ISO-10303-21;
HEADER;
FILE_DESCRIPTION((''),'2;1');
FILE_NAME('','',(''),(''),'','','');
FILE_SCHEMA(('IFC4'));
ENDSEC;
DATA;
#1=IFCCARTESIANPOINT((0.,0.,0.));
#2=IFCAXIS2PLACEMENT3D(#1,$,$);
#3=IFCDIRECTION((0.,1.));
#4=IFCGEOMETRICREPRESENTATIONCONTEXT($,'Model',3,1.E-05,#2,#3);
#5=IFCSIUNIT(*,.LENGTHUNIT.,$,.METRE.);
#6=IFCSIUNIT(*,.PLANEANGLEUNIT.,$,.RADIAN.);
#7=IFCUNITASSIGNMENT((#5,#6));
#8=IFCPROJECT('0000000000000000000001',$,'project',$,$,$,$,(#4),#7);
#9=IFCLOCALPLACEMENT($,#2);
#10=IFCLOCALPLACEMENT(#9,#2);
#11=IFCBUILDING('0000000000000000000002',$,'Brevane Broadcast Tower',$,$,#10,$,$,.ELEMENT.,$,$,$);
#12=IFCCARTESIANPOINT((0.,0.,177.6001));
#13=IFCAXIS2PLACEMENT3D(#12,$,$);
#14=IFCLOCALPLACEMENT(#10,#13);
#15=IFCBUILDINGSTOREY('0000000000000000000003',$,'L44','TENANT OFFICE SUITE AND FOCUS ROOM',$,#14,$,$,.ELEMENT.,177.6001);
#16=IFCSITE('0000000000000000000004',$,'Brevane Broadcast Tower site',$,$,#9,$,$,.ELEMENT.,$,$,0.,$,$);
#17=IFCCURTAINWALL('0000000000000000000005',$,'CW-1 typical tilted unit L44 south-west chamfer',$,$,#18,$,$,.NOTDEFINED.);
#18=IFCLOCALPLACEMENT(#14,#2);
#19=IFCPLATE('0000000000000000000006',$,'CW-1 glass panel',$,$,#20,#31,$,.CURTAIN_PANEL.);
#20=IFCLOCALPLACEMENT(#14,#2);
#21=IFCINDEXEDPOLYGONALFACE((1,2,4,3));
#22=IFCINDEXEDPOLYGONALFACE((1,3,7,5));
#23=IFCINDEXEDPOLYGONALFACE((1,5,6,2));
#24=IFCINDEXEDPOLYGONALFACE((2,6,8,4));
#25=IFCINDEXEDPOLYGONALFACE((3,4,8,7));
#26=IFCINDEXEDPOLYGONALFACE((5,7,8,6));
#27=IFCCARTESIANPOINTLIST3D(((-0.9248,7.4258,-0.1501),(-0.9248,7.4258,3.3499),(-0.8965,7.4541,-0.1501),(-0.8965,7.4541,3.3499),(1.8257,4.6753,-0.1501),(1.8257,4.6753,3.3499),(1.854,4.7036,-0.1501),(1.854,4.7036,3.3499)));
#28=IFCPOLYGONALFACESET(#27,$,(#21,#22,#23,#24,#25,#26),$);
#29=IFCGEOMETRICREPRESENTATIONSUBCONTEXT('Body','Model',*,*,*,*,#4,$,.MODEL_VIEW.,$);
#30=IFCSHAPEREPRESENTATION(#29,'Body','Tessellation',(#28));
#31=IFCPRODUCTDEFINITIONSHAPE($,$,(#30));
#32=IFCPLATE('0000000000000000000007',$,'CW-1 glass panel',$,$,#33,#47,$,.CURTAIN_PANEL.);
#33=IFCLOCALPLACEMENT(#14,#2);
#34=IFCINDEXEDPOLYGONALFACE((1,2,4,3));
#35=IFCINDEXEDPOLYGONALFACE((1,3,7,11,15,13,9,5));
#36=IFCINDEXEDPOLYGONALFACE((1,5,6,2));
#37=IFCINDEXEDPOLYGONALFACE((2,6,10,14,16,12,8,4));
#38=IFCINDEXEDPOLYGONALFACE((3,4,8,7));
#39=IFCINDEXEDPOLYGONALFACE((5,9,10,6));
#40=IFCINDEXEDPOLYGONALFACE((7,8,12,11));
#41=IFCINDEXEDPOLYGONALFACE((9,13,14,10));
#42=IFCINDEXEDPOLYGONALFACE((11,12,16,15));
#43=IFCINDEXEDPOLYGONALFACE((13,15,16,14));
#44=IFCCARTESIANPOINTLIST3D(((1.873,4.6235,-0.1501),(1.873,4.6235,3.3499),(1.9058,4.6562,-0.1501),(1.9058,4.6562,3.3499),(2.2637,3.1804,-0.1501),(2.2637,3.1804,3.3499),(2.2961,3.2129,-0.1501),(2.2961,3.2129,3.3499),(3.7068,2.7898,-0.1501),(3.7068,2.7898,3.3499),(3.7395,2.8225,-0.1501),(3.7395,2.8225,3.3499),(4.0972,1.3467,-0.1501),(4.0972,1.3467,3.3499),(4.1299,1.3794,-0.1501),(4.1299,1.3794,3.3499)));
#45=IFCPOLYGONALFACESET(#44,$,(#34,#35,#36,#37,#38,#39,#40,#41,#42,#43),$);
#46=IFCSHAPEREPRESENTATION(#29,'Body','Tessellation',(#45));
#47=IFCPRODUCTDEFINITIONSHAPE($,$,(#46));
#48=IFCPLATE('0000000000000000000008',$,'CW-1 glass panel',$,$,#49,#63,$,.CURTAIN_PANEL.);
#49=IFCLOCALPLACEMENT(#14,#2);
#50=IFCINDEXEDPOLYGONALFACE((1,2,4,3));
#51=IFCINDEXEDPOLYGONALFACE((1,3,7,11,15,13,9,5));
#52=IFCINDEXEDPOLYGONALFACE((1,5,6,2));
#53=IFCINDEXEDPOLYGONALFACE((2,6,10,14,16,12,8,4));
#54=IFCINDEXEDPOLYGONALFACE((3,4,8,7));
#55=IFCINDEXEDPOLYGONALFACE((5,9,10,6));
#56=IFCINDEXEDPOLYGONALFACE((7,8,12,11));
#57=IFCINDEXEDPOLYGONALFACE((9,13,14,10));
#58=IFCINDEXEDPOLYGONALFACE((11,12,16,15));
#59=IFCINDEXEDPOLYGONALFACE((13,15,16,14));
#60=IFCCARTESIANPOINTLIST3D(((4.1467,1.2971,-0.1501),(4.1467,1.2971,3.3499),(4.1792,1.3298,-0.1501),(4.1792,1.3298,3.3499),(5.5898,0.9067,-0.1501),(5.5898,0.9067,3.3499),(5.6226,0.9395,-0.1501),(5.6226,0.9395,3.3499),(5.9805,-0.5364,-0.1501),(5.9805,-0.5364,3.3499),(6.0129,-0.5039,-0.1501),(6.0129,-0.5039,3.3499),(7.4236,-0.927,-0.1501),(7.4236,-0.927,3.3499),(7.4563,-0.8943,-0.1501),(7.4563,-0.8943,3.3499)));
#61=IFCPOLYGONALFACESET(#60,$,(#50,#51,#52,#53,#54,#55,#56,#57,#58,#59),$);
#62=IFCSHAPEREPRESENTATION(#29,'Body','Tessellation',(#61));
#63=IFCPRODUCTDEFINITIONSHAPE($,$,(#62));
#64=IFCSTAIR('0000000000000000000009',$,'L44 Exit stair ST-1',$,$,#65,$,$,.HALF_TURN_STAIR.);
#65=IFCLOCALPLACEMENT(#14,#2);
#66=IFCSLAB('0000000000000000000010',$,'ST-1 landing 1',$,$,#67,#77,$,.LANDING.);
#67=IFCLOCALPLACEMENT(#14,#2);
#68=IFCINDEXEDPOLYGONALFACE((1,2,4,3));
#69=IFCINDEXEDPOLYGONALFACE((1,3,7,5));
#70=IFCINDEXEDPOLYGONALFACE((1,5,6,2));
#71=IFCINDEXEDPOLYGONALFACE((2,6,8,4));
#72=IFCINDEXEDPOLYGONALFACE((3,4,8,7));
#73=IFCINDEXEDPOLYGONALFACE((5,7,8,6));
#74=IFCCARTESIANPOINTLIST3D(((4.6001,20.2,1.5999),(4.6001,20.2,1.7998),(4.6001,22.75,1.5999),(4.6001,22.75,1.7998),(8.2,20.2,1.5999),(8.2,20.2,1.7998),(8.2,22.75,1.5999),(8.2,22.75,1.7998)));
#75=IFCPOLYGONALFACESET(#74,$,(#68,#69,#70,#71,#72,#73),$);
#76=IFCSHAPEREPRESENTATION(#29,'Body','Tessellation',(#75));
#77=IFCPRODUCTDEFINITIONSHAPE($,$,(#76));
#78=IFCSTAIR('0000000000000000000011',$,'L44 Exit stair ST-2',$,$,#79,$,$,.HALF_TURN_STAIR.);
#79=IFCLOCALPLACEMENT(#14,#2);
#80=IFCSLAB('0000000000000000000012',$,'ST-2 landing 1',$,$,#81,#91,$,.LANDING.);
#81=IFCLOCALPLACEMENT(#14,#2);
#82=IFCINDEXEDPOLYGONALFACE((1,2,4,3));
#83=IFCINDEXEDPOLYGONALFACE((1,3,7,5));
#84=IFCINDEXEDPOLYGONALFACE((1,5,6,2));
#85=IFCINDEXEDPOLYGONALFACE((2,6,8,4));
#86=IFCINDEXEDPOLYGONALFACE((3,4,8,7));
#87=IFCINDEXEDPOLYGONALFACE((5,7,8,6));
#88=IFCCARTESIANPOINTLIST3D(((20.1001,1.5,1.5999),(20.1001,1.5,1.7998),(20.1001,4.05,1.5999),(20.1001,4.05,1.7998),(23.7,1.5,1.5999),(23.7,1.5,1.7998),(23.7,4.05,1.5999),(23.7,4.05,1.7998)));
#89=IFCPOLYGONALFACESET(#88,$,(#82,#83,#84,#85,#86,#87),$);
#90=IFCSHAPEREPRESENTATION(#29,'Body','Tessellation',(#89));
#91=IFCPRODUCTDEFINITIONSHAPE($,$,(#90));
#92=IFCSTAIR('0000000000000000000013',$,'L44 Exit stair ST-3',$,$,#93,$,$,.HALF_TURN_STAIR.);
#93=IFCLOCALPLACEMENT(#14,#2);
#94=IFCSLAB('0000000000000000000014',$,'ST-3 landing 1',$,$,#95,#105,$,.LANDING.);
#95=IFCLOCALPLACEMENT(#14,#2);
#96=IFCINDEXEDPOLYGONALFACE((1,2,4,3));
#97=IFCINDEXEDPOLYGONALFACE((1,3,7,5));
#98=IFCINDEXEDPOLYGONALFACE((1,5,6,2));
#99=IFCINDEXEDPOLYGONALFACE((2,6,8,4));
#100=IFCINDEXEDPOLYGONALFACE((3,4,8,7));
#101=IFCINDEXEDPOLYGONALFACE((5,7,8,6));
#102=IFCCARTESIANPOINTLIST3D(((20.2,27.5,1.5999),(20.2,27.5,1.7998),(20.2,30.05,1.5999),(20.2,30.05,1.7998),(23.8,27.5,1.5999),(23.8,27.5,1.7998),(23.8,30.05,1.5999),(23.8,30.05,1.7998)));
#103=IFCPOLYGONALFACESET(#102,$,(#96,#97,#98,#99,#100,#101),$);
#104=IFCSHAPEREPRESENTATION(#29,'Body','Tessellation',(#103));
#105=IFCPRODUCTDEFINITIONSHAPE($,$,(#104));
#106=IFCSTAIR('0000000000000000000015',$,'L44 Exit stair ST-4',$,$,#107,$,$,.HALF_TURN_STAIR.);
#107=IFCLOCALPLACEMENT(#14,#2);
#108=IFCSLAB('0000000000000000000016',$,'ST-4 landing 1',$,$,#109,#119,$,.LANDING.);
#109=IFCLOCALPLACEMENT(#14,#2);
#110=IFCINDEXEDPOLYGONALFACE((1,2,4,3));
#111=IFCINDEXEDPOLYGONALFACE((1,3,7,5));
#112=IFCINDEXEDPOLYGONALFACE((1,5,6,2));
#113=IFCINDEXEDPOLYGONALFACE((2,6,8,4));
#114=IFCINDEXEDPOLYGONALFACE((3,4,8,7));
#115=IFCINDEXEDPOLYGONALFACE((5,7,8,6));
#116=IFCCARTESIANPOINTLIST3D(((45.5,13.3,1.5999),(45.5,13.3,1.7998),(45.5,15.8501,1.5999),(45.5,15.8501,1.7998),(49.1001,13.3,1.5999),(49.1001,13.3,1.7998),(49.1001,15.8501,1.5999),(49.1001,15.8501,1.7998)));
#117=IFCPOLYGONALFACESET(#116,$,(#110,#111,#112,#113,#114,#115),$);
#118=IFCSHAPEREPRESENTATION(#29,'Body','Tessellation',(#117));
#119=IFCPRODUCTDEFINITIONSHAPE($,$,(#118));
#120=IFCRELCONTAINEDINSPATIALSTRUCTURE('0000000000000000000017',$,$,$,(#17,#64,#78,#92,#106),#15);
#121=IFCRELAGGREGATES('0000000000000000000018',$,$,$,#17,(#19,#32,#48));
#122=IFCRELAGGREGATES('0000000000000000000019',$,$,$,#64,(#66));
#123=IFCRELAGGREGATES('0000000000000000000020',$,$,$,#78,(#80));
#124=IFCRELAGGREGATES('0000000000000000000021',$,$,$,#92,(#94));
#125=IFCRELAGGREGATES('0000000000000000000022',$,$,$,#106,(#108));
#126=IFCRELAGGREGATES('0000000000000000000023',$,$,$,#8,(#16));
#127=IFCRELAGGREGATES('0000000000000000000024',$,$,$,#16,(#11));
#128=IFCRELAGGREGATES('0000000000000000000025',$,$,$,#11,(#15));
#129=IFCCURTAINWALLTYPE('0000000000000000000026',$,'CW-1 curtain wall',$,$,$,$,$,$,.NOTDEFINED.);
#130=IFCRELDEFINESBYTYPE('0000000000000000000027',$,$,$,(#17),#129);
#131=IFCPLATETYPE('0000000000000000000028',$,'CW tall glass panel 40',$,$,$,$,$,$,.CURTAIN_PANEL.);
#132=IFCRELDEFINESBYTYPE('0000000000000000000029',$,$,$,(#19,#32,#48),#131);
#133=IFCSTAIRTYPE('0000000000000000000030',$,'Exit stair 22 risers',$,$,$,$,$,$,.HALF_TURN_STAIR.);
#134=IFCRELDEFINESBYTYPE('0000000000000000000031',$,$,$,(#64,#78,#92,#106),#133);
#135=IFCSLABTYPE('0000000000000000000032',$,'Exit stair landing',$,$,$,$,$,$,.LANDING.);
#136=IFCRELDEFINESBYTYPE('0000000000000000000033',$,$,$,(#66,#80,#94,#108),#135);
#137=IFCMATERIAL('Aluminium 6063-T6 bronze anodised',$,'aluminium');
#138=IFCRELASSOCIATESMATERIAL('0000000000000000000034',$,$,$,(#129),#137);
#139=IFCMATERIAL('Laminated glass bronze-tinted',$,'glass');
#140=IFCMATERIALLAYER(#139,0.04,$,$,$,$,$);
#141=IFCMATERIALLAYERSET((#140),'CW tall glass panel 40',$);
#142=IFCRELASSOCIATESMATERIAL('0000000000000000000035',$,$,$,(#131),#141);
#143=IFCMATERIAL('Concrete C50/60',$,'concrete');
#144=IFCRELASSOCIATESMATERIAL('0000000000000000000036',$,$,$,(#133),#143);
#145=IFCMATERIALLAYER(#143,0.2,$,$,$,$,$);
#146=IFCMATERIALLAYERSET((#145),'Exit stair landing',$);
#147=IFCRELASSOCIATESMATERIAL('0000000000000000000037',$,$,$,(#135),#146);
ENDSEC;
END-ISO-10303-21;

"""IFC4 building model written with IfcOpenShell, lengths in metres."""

from ifc_helpers import new_model, si_unit, direction, frame, origin, place, context, subcontext, project, spatial, polyline, outline, extrude, material, layer, layer_set, type_object, element, aggregate, save


model = new_model("IFC4")

# Units and contexts
model_context = context("Model", 3, precision=1e-05, world=origin(), true_north=direction((0.0, 1.0)))
body_context = subcontext(model_context, "Body", "Model", "MODEL_VIEW")
ifc_project = project(units=[si_unit("LENGTHUNIT", "METRE"), si_unit("PLANEANGLEUNIT", "RADIAN")], contexts=[model_context])

# Site, building, storey
site_placement = place(None, origin())
site = spatial("IfcSite", under=ifc_project, at=site_placement, Name="Brevane Broadcast Tower site", CompositionType="ELEMENT", RefElevation=0.0)
building_placement = place(site_placement, origin())
building = spatial("IfcBuilding", under=site, at=building_placement, Name="Brevane Broadcast Tower", CompositionType="ELEMENT")
storey_placement = place(building_placement, frame((0.0, 0.0, 177.6001)))
storey = spatial("IfcBuildingStorey", under=building, at=storey_placement, Name="L44", Description="TENANT OFFICE SUITE AND FOCUS ROOM", CompositionType="ELEMENT", Elevation=177.6001)

# Curtain wall, plates
ifc_material_1 = material(Name="Aluminium 6063-T6 bronze anodised", Category="aluminium")
curtain_wall_type = type_object("IfcCurtainWallType", Name="CW-1 curtain wall", PredefinedType="NOTDEFINED", material=ifc_material_1)
ifc_material_2 = material(Name="Laminated glass bronze-tinted", Category="glass")
ifc_layer_1 = layer(ifc_material_2, 0.04)
ifc_layer_set_1 = layer_set([ifc_layer_1], Name="CW tall glass panel 40")
plate_type = type_object("IfcPlateType", Name="CW tall glass panel 40", PredefinedType="CURTAIN_PANEL", material=ifc_layer_set_1)
curtain_wall_1_placement = place(storey_placement, origin())
curtain_wall_1 = element("IfcCurtainWall", 1, at=curtain_wall_1_placement, inside=storey, type_object=curtain_wall_type, Name="CW-1 typical tilted unit L44 south-west chamfer", PredefinedType="NOTDEFINED")
plate_1_placement = place(storey_placement, frame((0.0, 0.0, -0.1501)))
plate_1 = element("IfcPlate", 2, at=plate_1_placement, type_object=plate_type, Name="CW-1 glass panel", PredefinedType="CURTAIN_PANEL", context=body_context, shape_type="SweptSolid", body=[
    extrude(outline(polyline([(-0.8965, 7.4541), (1.854, 4.7036), (1.8257, 4.6753), (-0.9248, 7.4258), (-0.8965, 7.4541)])), origin(), (0.0, 0.0, 1.0), 3.5),
])
plate_2_placement = place(storey_placement, frame((0.0, 0.0, -0.1501)))
plate_2 = element("IfcPlate", 3, at=plate_2_placement, type_object=plate_type, Name="CW-1 glass panel", PredefinedType="CURTAIN_PANEL", context=body_context, shape_type="SweptSolid", body=[
    extrude(outline(polyline([(1.9058, 4.6562), (1.873, 4.6235), (2.2637, 3.1804), (3.7068, 2.7898), (4.0972, 1.3467), (4.1299, 1.3794), (3.7395, 2.8225), (2.2961, 3.2129), (1.9058, 4.6562)])), origin(), (0.0, 0.0, 1.0), 3.5),
])
plate_3_placement = place(storey_placement, frame((0.0, 0.0, -0.1501)))
plate_3 = element("IfcPlate", 4, at=plate_3_placement, type_object=plate_type, Name="CW-1 glass panel", PredefinedType="CURTAIN_PANEL", context=body_context, shape_type="SweptSolid", body=[
    extrude(outline(polyline([(4.1792, 1.3298), (4.1467, 1.2971), (5.5898, 0.9067), (5.9805, -0.5364), (7.4236, -0.927), (7.4563, -0.8943), (6.0129, -0.5039), (5.6226, 0.9395), (4.1792, 1.3298)])), origin(), (0.0, 0.0, 1.0), 3.5),
])
aggregate(curtain_wall_1, [plate_1, plate_2, plate_3])

# Stairs, slabs
ifc_material_3 = material(Name="Concrete C50/60", Category="concrete")
stair_type = type_object("IfcStairType", Name="Exit stair 22 risers", PredefinedType="HALF_TURN_STAIR", material=ifc_material_3)
stair_1_placement = place(storey_placement, origin())
stair_1 = element("IfcStair", 5, at=stair_1_placement, inside=storey, type_object=stair_type, Name="L44 Exit stair ST-1", PredefinedType="HALF_TURN_STAIR")
ifc_layer_2 = layer(ifc_material_3, 0.2)
ifc_layer_set_2 = layer_set([ifc_layer_2], Name="Exit stair landing")
slab_type_1 = type_object("IfcSlabType", Name="Exit stair landing", PredefinedType="LANDING", material=ifc_layer_set_2)
slab_1_placement = place(storey_placement, frame((0.0, 0.0, 1.5999)))
slab_1 = element("IfcSlab", 6, at=slab_1_placement, type_object=slab_type_1, Name="ST-1 landing 1", PredefinedType="LANDING", context=body_context, shape_type="SweptSolid", body=[
    extrude(outline(polyline([(4.6001, 20.2), (8.2, 20.2), (8.2, 22.75), (4.6001, 22.75), (4.6001, 20.2)])), origin(), (0.0, 0.0, 1.0), 0.2),
])
aggregate(stair_1, [slab_1])
stair_2_placement = place(storey_placement, origin())
stair_2 = element("IfcStair", 7, at=stair_2_placement, inside=storey, type_object=stair_type, Name="L44 Exit stair ST-2", PredefinedType="HALF_TURN_STAIR")
slab_2_placement = place(storey_placement, frame((0.0, 0.0, 1.5999)))
slab_2 = element("IfcSlab", 8, at=slab_2_placement, type_object=slab_type_1, Name="ST-2 landing 1", PredefinedType="LANDING", context=body_context, shape_type="SweptSolid", body=[
    extrude(outline(polyline([(20.1001, 1.5), (23.7, 1.5), (23.7, 4.05), (20.1001, 4.05), (20.1001, 1.5)])), origin(), (0.0, 0.0, 1.0), 0.2),
])
aggregate(stair_2, [slab_2])
stair_3_placement = place(storey_placement, origin())
stair_3 = element("IfcStair", 9, at=stair_3_placement, inside=storey, type_object=stair_type, Name="L44 Exit stair ST-3", PredefinedType="HALF_TURN_STAIR")
slab_3_placement = place(storey_placement, frame((0.0, 0.0, 1.5999)))
slab_3 = element("IfcSlab", 10, at=slab_3_placement, type_object=slab_type_1, Name="ST-3 landing 1", PredefinedType="LANDING", context=body_context, shape_type="SweptSolid", body=[
    extrude(outline(polyline([(20.2, 27.5), (23.8, 27.5), (23.8, 30.05), (20.2, 30.05), (20.2, 27.5)])), origin(), (0.0, 0.0, 1.0), 0.2),
])
aggregate(stair_3, [slab_3])
stair_4_placement = place(storey_placement, origin())
stair_4 = element("IfcStair", 11, at=stair_4_placement, inside=storey, type_object=stair_type, Name="L44 Exit stair ST-4", PredefinedType="HALF_TURN_STAIR")
slab_4_placement = place(storey_placement, frame((0.0, 0.0, 1.5999)))
slab_4 = element("IfcSlab", 12, at=slab_4_placement, type_object=slab_type_1, Name="ST-4 landing 1", PredefinedType="LANDING", context=body_context, shape_type="SweptSolid", body=[
    extrude(outline(polyline([(45.5, 13.3), (49.1001, 13.3), (49.1001, 15.8501), (45.5, 15.8501), (45.5, 13.3)])), origin(), (0.0, 0.0, 1.0), 0.2),
])
aggregate(stair_4, [slab_4])

save(model, "model.ifc")
